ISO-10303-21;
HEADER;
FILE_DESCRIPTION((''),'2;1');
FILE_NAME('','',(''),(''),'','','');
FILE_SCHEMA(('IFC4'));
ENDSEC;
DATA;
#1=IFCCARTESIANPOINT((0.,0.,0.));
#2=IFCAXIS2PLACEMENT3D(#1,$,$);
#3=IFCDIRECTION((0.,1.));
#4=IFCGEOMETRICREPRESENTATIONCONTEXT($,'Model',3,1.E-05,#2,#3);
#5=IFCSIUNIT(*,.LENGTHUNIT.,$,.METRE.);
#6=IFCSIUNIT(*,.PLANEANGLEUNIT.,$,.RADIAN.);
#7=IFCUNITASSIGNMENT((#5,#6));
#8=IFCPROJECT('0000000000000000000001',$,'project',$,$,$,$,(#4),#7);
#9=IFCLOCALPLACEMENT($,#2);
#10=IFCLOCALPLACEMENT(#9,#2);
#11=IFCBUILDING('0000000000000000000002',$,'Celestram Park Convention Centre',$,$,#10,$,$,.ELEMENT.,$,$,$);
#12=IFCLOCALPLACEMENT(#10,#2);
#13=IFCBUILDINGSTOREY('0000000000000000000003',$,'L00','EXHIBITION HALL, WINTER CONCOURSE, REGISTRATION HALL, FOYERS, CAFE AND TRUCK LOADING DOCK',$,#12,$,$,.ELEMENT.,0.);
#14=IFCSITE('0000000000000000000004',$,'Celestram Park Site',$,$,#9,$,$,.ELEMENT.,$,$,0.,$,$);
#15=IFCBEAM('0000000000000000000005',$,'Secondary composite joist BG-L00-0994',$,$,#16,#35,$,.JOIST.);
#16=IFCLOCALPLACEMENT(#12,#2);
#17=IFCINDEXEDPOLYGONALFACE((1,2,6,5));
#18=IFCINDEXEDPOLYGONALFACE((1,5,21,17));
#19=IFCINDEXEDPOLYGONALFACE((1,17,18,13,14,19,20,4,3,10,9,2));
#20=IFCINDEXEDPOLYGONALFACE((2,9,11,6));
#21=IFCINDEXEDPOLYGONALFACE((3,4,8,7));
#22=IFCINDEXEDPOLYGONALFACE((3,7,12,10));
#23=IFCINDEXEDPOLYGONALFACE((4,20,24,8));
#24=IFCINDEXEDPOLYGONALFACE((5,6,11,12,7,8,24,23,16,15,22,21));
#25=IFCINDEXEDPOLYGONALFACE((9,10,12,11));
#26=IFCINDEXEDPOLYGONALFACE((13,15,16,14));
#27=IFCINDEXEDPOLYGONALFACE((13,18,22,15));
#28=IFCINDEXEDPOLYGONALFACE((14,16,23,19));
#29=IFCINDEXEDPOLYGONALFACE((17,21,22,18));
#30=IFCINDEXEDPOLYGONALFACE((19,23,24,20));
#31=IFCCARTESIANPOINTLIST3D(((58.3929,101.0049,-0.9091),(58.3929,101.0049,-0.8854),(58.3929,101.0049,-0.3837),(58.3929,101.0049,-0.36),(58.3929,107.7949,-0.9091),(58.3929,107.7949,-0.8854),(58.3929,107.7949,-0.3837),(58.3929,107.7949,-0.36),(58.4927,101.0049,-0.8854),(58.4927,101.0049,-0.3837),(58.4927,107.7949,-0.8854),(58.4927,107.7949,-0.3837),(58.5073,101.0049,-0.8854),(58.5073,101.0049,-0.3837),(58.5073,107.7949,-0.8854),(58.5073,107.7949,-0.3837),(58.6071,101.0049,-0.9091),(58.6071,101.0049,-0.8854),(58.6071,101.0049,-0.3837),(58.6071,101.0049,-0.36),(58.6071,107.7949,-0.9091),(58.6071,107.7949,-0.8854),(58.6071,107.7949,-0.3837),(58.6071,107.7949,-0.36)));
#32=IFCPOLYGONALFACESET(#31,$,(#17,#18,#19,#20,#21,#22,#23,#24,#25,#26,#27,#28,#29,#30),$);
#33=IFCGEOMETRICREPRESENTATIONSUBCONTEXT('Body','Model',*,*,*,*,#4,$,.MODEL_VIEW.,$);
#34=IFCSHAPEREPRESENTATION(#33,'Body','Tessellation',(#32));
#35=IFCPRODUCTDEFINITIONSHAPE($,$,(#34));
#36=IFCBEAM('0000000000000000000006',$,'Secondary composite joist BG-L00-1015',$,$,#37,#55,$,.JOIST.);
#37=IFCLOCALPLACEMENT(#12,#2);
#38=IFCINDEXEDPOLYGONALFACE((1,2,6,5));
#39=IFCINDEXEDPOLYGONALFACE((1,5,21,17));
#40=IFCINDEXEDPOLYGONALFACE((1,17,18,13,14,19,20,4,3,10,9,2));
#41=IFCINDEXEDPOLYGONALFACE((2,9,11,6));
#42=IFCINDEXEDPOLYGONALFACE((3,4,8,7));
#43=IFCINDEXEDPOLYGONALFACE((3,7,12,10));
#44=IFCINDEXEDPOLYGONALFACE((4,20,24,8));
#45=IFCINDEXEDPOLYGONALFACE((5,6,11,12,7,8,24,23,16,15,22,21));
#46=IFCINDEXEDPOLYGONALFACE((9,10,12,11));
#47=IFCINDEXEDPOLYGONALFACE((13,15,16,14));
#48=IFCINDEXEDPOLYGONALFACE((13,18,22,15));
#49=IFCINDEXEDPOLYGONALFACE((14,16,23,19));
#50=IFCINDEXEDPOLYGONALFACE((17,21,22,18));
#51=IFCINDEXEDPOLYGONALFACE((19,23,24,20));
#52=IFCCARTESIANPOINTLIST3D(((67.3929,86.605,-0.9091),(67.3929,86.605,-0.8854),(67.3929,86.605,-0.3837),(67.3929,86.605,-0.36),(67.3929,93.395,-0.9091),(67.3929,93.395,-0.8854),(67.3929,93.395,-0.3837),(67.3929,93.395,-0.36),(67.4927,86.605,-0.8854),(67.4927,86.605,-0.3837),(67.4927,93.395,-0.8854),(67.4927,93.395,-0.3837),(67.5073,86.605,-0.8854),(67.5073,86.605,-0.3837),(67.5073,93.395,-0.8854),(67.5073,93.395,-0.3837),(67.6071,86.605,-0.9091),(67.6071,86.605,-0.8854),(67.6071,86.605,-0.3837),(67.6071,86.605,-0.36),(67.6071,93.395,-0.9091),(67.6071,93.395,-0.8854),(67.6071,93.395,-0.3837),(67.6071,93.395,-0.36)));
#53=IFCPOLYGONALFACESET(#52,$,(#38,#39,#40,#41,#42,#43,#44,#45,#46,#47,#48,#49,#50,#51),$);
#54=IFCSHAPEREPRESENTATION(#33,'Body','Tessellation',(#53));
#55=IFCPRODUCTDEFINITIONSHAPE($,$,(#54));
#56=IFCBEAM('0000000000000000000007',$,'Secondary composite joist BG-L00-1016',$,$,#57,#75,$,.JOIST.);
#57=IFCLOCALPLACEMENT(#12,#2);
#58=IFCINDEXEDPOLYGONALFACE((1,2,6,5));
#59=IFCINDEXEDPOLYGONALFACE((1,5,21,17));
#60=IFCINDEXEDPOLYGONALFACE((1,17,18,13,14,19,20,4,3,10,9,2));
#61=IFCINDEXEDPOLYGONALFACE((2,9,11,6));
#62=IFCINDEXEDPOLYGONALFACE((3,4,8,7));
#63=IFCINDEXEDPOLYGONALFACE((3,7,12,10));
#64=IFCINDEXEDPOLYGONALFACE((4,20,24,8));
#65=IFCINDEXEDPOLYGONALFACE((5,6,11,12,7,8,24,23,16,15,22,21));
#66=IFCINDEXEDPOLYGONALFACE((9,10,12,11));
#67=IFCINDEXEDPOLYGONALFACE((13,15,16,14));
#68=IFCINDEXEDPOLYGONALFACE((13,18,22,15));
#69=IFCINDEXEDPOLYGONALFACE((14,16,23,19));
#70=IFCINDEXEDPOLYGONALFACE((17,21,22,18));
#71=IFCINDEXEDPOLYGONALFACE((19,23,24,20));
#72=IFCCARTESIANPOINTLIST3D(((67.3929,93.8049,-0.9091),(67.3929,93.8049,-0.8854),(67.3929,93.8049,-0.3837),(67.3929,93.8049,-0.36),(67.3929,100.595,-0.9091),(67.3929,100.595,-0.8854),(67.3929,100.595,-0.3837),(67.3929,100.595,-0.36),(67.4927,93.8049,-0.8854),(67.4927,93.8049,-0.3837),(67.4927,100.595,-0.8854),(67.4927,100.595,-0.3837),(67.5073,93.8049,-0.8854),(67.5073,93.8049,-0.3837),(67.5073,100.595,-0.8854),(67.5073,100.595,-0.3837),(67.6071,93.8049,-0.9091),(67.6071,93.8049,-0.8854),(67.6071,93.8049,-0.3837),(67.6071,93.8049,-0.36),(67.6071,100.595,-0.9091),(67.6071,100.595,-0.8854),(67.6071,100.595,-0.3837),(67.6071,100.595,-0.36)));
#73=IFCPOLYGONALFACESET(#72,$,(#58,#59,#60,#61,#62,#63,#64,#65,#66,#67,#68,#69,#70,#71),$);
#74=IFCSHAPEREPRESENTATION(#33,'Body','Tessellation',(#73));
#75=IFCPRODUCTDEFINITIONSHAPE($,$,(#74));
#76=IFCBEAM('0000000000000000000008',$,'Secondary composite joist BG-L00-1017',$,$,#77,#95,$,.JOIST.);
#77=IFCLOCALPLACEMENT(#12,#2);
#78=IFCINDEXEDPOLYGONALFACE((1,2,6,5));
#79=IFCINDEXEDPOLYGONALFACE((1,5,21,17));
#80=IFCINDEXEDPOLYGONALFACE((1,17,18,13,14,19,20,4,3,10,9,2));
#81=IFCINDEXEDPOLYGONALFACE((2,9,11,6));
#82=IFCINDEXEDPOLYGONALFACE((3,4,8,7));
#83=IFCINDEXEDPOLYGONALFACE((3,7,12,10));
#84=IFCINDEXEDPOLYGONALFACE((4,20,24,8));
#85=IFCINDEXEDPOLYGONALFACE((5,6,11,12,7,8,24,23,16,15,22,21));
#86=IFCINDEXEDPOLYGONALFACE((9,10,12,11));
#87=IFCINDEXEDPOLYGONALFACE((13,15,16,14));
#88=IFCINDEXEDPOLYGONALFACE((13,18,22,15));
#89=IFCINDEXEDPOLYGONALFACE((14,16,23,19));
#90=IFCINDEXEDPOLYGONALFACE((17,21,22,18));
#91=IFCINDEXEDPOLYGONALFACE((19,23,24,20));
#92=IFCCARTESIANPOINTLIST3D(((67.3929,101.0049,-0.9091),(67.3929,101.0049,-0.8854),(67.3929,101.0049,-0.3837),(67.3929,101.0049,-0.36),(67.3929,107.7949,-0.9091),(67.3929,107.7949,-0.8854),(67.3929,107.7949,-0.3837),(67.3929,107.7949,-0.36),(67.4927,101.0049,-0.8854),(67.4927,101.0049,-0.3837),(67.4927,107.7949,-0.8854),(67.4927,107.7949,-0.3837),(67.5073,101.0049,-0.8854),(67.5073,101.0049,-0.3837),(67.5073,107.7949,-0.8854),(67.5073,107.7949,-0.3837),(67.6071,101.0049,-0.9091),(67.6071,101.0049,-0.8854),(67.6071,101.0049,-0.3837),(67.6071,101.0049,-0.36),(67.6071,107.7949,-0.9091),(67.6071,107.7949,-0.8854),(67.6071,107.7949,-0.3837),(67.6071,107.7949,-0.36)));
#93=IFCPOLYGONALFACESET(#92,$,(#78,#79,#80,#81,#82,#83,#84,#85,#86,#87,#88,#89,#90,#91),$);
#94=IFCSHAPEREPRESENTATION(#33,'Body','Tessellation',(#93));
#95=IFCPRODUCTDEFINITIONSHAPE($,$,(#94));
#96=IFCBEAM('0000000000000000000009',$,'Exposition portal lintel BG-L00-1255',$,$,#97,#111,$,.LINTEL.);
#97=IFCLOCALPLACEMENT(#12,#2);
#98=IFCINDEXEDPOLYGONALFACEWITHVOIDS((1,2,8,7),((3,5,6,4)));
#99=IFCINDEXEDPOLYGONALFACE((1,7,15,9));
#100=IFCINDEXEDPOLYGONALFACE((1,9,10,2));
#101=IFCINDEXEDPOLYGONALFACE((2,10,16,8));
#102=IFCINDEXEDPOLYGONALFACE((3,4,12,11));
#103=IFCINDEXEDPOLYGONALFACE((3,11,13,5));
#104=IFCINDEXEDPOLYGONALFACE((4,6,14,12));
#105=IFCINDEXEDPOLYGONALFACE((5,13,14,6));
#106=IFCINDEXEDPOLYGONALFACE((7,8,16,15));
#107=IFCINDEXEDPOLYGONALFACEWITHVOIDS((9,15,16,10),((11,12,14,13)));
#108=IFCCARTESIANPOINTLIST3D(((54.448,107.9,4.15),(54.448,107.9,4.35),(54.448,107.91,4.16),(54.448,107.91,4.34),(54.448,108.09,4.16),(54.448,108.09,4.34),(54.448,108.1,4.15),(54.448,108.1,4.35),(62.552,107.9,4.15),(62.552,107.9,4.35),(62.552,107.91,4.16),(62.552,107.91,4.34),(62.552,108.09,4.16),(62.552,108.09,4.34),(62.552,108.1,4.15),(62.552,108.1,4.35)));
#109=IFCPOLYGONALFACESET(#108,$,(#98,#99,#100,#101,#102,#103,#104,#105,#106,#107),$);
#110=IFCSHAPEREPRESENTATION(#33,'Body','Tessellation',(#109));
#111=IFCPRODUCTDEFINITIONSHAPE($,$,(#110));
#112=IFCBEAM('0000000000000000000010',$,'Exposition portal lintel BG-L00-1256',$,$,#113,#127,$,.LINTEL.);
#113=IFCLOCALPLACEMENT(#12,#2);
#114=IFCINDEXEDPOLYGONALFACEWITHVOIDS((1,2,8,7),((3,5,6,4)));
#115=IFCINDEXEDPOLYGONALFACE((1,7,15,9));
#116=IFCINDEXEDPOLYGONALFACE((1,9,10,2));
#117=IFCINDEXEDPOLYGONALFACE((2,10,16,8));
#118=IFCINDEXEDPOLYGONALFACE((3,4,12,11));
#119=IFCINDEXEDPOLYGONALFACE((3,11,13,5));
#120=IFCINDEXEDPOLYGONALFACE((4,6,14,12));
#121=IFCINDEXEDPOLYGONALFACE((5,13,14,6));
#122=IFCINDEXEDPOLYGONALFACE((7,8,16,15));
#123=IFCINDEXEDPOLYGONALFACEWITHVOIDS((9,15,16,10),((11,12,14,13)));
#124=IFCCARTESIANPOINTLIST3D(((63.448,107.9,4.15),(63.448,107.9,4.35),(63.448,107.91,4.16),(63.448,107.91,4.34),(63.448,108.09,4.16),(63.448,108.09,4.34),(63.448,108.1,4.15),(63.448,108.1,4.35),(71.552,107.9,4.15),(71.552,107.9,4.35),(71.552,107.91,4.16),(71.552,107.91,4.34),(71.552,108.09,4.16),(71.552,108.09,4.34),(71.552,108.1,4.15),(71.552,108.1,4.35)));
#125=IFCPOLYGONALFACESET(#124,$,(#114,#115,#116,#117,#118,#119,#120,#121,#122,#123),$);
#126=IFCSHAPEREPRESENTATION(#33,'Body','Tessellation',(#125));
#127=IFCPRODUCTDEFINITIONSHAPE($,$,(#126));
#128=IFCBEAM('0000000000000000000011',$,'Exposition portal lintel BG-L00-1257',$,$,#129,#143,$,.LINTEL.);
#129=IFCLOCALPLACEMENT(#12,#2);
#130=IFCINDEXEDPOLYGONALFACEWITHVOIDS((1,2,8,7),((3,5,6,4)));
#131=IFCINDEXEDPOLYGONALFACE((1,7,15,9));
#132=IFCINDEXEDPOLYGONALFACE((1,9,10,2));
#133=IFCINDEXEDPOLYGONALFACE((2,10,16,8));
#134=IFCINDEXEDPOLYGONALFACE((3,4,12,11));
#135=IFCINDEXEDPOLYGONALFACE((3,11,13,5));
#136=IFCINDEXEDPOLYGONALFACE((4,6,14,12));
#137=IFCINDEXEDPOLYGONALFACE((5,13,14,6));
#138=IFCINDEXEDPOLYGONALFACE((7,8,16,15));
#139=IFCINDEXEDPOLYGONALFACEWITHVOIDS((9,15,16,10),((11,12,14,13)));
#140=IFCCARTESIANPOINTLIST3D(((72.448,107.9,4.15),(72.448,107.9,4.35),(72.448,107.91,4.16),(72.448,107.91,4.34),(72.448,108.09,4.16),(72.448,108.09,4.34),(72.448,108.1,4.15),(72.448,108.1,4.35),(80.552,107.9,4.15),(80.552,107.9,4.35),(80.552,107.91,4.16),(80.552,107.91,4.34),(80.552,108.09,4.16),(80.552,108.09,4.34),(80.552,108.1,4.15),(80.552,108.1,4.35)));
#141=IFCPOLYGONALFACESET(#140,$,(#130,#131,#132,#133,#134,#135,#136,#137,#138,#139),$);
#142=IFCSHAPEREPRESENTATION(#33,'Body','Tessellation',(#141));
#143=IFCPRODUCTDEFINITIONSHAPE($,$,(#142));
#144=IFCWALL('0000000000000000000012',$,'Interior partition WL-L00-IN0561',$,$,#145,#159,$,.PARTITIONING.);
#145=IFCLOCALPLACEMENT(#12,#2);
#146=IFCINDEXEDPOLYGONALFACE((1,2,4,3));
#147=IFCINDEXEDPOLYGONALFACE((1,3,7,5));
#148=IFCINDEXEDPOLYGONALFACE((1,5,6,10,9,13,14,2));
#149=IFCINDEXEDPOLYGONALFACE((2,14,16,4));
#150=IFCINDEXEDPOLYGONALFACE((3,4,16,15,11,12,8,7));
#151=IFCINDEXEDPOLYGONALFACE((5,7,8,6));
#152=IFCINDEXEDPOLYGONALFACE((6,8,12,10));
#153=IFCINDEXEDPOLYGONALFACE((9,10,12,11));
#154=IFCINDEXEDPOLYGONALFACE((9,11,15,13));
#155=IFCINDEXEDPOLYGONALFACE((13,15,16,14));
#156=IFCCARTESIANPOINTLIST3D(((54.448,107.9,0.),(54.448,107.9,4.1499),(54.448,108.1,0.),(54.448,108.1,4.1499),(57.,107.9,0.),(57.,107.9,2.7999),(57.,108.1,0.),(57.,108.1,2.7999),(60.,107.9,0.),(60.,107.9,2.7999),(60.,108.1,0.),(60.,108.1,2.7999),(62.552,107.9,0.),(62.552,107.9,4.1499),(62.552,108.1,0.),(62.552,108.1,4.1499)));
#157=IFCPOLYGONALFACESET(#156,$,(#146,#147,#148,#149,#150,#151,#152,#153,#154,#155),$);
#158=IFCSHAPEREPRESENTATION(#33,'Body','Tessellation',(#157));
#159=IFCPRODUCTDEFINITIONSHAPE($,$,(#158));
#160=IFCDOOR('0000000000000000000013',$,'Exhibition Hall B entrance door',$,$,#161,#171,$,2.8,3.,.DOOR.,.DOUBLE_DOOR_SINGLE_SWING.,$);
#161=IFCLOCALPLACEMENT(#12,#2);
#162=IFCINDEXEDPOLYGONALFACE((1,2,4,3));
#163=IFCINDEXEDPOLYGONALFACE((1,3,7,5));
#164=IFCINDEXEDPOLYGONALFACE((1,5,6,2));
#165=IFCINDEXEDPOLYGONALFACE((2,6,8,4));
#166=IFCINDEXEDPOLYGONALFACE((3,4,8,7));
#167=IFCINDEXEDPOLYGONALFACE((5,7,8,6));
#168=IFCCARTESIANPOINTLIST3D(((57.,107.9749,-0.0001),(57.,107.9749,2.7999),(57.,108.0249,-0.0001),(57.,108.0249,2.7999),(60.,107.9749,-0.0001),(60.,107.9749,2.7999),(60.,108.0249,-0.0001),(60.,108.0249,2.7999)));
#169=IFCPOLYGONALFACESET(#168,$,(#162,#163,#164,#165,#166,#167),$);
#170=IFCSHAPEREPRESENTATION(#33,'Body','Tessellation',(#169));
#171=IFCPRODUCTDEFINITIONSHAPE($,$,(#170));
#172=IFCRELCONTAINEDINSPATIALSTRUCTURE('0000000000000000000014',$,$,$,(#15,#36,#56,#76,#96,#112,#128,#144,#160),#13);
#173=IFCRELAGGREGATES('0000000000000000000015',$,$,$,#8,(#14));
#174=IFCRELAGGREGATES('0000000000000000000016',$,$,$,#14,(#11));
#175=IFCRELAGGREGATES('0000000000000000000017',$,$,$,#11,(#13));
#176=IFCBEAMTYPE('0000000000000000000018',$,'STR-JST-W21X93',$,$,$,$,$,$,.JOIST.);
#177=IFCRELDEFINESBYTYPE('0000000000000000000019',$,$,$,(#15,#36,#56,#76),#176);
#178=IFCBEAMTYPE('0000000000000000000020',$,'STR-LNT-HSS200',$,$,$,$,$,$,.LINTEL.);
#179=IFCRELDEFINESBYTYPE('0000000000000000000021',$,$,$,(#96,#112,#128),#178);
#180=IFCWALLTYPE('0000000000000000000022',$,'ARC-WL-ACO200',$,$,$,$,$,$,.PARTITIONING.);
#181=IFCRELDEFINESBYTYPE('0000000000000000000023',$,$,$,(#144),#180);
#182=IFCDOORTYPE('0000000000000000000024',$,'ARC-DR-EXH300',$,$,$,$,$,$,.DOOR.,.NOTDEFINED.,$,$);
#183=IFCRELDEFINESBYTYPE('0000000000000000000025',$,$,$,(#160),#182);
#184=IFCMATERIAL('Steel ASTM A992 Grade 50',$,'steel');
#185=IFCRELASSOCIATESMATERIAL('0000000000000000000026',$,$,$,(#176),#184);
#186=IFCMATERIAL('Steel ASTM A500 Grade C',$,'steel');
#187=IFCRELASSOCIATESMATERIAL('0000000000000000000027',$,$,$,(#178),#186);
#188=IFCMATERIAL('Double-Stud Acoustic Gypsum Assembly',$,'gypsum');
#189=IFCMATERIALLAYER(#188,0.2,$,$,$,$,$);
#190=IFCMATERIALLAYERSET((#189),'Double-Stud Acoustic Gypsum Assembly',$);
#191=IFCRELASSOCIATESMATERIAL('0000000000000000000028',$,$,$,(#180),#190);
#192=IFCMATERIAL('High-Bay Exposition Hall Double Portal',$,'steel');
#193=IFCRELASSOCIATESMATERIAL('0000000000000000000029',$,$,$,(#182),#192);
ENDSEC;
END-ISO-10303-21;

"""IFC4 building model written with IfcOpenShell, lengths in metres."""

from ifc_helpers import new_model, si_unit, direction, frame, frame_2d, origin, origin_2d, place, context, subcontext, project, spatial, rectangle, hollow_rectangle, i_section, extrude, material, layer, layer_set, material_profile, profile_set, type_object, element, fill, save


model = new_model("IFC4")

# Units and contexts
model_context = context("Model", 3, precision=1e-05, world=origin(), true_north=direction((0.0, 1.0)))
body_context = subcontext(model_context, "Body", "Model", "MODEL_VIEW")
ifc_project = project(units=[si_unit("LENGTHUNIT", "METRE"), si_unit("PLANEANGLEUNIT", "RADIAN")], contexts=[model_context])

# Site, building, storey
site_placement = place(None, origin())
site = spatial("IfcSite", under=ifc_project, at=site_placement, Name="Celestram Park Site", CompositionType="ELEMENT", RefElevation=0.0)
building_placement = place(site_placement, origin())
building = spatial("IfcBuilding", under=site, at=building_placement, Name="Celestram Park Convention Centre", CompositionType="ELEMENT")
storey_placement = place(building_placement, origin())
storey = spatial("IfcBuildingStorey", under=building, at=storey_placement, Name="L00", Description="EXHIBITION HALL, WINTER CONCOURSE, REGISTRATION HALL, FOYERS, CAFE AND TRUCK LOADING DOCK", CompositionType="ELEMENT", Elevation=0.0)

# Beams
ifc_material_1 = material(Name="Steel ASTM A992 Grade 50", Category="steel")
ifc_material_profile_1 = material_profile(ifc_material_1, i_section(OverallWidth=0.2141, OverallDepth=0.5491, WebThickness=0.0146, FlangeThickness=0.0237, at=origin_2d()), Name="W21X93")
ifc_profile_set_1 = profile_set([ifc_material_profile_1], Name="Steel ASTM A992 Grade 50")
beam_type_1 = type_object("IfcBeamType", Name="STR-JST-W21X93", PredefinedType="JOIST", material=ifc_profile_set_1)
for number, where, z_axis, x_axis, name in (
    (1, (58.5, 101.0049, -0.6345), (0.0, 1.0, 0.0), (-1.0, 0.0, 0.0), "Secondary composite joist BG-L00-0994"),
    (2, (67.5, 86.605, -0.6345), (0.0, 1.0, 0.0), (-1.0, 0.0, 0.0), "Secondary composite joist BG-L00-1015"),
    (3, (67.5, 93.8049, -0.6345), (0.0, 1.0, 0.0), (-1.0, 0.0, 0.0), "Secondary composite joist BG-L00-1016"),
    (4, (67.5, 101.0049, -0.6345), (0.0, 1.0, 0.0), (-1.0, 0.0, 0.0), "Secondary composite joist BG-L00-1017"),
):
    element("IfcBeam", number, at=place(storey_placement, frame(where, z_axis=z_axis, x_axis=x_axis)), inside=storey, type_object=beam_type_1, Name=name, PredefinedType="JOIST", context=body_context, shape_type="SweptSolid", body=[
        extrude(i_section(OverallWidth=0.2141, OverallDepth=0.5491, WebThickness=0.0146, FlangeThickness=0.0237, at=origin_2d()), origin(), (0.0, 0.0, 1.0), 6.79),
    ])
ifc_material_2 = material(Name="Steel ASTM A500 Grade C", Category="steel")
ifc_material_profile_2 = material_profile(ifc_material_2, hollow_rectangle(XDim=0.2, YDim=0.2, WallThickness=0.01, at=origin_2d()), Name="HSS200X200X10")
ifc_profile_set_2 = profile_set([ifc_material_profile_2], Name="Steel ASTM A500 Grade C")
beam_type_2 = type_object("IfcBeamType", Name="STR-LNT-HSS200", PredefinedType="LINTEL", material=ifc_profile_set_2)
for number, where, z_axis, x_axis, name in (
    (5, (54.448, 108.0, 4.25), (1.0, 0.0, 0.0), (0.0, 1.0, 0.0), "Exposition portal lintel BG-L00-1255"),
    (6, (63.448, 108.0, 4.25), (1.0, 0.0, 0.0), (0.0, 1.0, 0.0), "Exposition portal lintel BG-L00-1256"),
    (7, (72.448, 108.0, 4.25), (1.0, 0.0, 0.0), (0.0, 1.0, 0.0), "Exposition portal lintel BG-L00-1257"),
):
    element("IfcBeam", number, at=place(storey_placement, frame(where, z_axis=z_axis, x_axis=x_axis)), inside=storey, type_object=beam_type_2, Name=name, PredefinedType="LINTEL", context=body_context, shape_type="SweptSolid", body=[
        extrude(hollow_rectangle(XDim=0.2, YDim=0.2, WallThickness=0.01, at=origin_2d()), origin(), (0.0, 0.0, 1.0), 8.104),
    ])

# Wall, opening, door
ifc_material_3 = material(Name="Double-Stud Acoustic Gypsum Assembly", Category="gypsum")
ifc_layer = layer(ifc_material_3, 0.2)
ifc_layer_set = layer_set([ifc_layer], Name="Double-Stud Acoustic Gypsum Assembly")
wall_type = type_object("IfcWallType", Name="ARC-WL-ACO200", PredefinedType="PARTITIONING", material=ifc_layer_set)
wall_1_placement = place(storey_placement, frame((54.448, 108.0, 0.0), z_axis=(0.0, 0.0, 1.0), x_axis=(1.0, 0.0, 0.0)))
wall_1 = element("IfcWall", 8, at=wall_1_placement, inside=storey, type_object=wall_type, Name="Interior partition WL-L00-IN0561", PredefinedType="PARTITIONING", context=body_context, shape_type="SweptSolid", body=[
    extrude(rectangle(XDim=8.104, YDim=0.2, at=frame_2d((4.052, 0.0))), origin(), (0.0, 0.0, 1.0), 4.1499),
])
opening_1_placement = place(wall_1_placement, frame((2.552, 0.0, 0.0)))
opening_1 = element("IfcOpeningElement", 9, at=opening_1_placement, cuts=wall_1, PredefinedType="OPENING", context=body_context, shape_type="SweptSolid", body=[
    extrude(rectangle(XDim=3.0, YDim=2.8, at=frame_2d((1.5, 1.3999))), frame((0.0, 0.1099, 0.0), z_axis=(0.0, -1.0, 0.0), x_axis=(1.0, 0.0, 0.0)), (0.0, 0.0, 1.0), 0.22),
])
ifc_material_4 = material(Name="High-Bay Exposition Hall Double Portal", Category="steel")
door_type = type_object("IfcDoorType", Name="ARC-DR-EXH300", OperationType="NOTDEFINED", PredefinedType="DOOR", material=ifc_material_4)
door_1_placement = place(opening_1_placement, origin())
door_1 = element("IfcDoor", 10, at=door_1_placement, inside=storey, type_object=door_type, Name="Exhibition Hall B entrance door", OperationType="DOUBLE_DOOR_SINGLE_SWING", OverallHeight=2.8, OverallWidth=3.0, PredefinedType="DOOR", context=body_context, shape_type="SweptSolid", body=[
    extrude(rectangle(XDim=3.0, YDim=2.8, at=frame_2d((1.5, 1.3999))), frame((0.0, 0.0249, 0.0), z_axis=(0.0, -1.0, 0.0), x_axis=(1.0, 0.0, 0.0)), (0.0, 0.0, 1.0), 0.05),
])
fill(opening_1, door_1)

save(model, "model.ifc")
